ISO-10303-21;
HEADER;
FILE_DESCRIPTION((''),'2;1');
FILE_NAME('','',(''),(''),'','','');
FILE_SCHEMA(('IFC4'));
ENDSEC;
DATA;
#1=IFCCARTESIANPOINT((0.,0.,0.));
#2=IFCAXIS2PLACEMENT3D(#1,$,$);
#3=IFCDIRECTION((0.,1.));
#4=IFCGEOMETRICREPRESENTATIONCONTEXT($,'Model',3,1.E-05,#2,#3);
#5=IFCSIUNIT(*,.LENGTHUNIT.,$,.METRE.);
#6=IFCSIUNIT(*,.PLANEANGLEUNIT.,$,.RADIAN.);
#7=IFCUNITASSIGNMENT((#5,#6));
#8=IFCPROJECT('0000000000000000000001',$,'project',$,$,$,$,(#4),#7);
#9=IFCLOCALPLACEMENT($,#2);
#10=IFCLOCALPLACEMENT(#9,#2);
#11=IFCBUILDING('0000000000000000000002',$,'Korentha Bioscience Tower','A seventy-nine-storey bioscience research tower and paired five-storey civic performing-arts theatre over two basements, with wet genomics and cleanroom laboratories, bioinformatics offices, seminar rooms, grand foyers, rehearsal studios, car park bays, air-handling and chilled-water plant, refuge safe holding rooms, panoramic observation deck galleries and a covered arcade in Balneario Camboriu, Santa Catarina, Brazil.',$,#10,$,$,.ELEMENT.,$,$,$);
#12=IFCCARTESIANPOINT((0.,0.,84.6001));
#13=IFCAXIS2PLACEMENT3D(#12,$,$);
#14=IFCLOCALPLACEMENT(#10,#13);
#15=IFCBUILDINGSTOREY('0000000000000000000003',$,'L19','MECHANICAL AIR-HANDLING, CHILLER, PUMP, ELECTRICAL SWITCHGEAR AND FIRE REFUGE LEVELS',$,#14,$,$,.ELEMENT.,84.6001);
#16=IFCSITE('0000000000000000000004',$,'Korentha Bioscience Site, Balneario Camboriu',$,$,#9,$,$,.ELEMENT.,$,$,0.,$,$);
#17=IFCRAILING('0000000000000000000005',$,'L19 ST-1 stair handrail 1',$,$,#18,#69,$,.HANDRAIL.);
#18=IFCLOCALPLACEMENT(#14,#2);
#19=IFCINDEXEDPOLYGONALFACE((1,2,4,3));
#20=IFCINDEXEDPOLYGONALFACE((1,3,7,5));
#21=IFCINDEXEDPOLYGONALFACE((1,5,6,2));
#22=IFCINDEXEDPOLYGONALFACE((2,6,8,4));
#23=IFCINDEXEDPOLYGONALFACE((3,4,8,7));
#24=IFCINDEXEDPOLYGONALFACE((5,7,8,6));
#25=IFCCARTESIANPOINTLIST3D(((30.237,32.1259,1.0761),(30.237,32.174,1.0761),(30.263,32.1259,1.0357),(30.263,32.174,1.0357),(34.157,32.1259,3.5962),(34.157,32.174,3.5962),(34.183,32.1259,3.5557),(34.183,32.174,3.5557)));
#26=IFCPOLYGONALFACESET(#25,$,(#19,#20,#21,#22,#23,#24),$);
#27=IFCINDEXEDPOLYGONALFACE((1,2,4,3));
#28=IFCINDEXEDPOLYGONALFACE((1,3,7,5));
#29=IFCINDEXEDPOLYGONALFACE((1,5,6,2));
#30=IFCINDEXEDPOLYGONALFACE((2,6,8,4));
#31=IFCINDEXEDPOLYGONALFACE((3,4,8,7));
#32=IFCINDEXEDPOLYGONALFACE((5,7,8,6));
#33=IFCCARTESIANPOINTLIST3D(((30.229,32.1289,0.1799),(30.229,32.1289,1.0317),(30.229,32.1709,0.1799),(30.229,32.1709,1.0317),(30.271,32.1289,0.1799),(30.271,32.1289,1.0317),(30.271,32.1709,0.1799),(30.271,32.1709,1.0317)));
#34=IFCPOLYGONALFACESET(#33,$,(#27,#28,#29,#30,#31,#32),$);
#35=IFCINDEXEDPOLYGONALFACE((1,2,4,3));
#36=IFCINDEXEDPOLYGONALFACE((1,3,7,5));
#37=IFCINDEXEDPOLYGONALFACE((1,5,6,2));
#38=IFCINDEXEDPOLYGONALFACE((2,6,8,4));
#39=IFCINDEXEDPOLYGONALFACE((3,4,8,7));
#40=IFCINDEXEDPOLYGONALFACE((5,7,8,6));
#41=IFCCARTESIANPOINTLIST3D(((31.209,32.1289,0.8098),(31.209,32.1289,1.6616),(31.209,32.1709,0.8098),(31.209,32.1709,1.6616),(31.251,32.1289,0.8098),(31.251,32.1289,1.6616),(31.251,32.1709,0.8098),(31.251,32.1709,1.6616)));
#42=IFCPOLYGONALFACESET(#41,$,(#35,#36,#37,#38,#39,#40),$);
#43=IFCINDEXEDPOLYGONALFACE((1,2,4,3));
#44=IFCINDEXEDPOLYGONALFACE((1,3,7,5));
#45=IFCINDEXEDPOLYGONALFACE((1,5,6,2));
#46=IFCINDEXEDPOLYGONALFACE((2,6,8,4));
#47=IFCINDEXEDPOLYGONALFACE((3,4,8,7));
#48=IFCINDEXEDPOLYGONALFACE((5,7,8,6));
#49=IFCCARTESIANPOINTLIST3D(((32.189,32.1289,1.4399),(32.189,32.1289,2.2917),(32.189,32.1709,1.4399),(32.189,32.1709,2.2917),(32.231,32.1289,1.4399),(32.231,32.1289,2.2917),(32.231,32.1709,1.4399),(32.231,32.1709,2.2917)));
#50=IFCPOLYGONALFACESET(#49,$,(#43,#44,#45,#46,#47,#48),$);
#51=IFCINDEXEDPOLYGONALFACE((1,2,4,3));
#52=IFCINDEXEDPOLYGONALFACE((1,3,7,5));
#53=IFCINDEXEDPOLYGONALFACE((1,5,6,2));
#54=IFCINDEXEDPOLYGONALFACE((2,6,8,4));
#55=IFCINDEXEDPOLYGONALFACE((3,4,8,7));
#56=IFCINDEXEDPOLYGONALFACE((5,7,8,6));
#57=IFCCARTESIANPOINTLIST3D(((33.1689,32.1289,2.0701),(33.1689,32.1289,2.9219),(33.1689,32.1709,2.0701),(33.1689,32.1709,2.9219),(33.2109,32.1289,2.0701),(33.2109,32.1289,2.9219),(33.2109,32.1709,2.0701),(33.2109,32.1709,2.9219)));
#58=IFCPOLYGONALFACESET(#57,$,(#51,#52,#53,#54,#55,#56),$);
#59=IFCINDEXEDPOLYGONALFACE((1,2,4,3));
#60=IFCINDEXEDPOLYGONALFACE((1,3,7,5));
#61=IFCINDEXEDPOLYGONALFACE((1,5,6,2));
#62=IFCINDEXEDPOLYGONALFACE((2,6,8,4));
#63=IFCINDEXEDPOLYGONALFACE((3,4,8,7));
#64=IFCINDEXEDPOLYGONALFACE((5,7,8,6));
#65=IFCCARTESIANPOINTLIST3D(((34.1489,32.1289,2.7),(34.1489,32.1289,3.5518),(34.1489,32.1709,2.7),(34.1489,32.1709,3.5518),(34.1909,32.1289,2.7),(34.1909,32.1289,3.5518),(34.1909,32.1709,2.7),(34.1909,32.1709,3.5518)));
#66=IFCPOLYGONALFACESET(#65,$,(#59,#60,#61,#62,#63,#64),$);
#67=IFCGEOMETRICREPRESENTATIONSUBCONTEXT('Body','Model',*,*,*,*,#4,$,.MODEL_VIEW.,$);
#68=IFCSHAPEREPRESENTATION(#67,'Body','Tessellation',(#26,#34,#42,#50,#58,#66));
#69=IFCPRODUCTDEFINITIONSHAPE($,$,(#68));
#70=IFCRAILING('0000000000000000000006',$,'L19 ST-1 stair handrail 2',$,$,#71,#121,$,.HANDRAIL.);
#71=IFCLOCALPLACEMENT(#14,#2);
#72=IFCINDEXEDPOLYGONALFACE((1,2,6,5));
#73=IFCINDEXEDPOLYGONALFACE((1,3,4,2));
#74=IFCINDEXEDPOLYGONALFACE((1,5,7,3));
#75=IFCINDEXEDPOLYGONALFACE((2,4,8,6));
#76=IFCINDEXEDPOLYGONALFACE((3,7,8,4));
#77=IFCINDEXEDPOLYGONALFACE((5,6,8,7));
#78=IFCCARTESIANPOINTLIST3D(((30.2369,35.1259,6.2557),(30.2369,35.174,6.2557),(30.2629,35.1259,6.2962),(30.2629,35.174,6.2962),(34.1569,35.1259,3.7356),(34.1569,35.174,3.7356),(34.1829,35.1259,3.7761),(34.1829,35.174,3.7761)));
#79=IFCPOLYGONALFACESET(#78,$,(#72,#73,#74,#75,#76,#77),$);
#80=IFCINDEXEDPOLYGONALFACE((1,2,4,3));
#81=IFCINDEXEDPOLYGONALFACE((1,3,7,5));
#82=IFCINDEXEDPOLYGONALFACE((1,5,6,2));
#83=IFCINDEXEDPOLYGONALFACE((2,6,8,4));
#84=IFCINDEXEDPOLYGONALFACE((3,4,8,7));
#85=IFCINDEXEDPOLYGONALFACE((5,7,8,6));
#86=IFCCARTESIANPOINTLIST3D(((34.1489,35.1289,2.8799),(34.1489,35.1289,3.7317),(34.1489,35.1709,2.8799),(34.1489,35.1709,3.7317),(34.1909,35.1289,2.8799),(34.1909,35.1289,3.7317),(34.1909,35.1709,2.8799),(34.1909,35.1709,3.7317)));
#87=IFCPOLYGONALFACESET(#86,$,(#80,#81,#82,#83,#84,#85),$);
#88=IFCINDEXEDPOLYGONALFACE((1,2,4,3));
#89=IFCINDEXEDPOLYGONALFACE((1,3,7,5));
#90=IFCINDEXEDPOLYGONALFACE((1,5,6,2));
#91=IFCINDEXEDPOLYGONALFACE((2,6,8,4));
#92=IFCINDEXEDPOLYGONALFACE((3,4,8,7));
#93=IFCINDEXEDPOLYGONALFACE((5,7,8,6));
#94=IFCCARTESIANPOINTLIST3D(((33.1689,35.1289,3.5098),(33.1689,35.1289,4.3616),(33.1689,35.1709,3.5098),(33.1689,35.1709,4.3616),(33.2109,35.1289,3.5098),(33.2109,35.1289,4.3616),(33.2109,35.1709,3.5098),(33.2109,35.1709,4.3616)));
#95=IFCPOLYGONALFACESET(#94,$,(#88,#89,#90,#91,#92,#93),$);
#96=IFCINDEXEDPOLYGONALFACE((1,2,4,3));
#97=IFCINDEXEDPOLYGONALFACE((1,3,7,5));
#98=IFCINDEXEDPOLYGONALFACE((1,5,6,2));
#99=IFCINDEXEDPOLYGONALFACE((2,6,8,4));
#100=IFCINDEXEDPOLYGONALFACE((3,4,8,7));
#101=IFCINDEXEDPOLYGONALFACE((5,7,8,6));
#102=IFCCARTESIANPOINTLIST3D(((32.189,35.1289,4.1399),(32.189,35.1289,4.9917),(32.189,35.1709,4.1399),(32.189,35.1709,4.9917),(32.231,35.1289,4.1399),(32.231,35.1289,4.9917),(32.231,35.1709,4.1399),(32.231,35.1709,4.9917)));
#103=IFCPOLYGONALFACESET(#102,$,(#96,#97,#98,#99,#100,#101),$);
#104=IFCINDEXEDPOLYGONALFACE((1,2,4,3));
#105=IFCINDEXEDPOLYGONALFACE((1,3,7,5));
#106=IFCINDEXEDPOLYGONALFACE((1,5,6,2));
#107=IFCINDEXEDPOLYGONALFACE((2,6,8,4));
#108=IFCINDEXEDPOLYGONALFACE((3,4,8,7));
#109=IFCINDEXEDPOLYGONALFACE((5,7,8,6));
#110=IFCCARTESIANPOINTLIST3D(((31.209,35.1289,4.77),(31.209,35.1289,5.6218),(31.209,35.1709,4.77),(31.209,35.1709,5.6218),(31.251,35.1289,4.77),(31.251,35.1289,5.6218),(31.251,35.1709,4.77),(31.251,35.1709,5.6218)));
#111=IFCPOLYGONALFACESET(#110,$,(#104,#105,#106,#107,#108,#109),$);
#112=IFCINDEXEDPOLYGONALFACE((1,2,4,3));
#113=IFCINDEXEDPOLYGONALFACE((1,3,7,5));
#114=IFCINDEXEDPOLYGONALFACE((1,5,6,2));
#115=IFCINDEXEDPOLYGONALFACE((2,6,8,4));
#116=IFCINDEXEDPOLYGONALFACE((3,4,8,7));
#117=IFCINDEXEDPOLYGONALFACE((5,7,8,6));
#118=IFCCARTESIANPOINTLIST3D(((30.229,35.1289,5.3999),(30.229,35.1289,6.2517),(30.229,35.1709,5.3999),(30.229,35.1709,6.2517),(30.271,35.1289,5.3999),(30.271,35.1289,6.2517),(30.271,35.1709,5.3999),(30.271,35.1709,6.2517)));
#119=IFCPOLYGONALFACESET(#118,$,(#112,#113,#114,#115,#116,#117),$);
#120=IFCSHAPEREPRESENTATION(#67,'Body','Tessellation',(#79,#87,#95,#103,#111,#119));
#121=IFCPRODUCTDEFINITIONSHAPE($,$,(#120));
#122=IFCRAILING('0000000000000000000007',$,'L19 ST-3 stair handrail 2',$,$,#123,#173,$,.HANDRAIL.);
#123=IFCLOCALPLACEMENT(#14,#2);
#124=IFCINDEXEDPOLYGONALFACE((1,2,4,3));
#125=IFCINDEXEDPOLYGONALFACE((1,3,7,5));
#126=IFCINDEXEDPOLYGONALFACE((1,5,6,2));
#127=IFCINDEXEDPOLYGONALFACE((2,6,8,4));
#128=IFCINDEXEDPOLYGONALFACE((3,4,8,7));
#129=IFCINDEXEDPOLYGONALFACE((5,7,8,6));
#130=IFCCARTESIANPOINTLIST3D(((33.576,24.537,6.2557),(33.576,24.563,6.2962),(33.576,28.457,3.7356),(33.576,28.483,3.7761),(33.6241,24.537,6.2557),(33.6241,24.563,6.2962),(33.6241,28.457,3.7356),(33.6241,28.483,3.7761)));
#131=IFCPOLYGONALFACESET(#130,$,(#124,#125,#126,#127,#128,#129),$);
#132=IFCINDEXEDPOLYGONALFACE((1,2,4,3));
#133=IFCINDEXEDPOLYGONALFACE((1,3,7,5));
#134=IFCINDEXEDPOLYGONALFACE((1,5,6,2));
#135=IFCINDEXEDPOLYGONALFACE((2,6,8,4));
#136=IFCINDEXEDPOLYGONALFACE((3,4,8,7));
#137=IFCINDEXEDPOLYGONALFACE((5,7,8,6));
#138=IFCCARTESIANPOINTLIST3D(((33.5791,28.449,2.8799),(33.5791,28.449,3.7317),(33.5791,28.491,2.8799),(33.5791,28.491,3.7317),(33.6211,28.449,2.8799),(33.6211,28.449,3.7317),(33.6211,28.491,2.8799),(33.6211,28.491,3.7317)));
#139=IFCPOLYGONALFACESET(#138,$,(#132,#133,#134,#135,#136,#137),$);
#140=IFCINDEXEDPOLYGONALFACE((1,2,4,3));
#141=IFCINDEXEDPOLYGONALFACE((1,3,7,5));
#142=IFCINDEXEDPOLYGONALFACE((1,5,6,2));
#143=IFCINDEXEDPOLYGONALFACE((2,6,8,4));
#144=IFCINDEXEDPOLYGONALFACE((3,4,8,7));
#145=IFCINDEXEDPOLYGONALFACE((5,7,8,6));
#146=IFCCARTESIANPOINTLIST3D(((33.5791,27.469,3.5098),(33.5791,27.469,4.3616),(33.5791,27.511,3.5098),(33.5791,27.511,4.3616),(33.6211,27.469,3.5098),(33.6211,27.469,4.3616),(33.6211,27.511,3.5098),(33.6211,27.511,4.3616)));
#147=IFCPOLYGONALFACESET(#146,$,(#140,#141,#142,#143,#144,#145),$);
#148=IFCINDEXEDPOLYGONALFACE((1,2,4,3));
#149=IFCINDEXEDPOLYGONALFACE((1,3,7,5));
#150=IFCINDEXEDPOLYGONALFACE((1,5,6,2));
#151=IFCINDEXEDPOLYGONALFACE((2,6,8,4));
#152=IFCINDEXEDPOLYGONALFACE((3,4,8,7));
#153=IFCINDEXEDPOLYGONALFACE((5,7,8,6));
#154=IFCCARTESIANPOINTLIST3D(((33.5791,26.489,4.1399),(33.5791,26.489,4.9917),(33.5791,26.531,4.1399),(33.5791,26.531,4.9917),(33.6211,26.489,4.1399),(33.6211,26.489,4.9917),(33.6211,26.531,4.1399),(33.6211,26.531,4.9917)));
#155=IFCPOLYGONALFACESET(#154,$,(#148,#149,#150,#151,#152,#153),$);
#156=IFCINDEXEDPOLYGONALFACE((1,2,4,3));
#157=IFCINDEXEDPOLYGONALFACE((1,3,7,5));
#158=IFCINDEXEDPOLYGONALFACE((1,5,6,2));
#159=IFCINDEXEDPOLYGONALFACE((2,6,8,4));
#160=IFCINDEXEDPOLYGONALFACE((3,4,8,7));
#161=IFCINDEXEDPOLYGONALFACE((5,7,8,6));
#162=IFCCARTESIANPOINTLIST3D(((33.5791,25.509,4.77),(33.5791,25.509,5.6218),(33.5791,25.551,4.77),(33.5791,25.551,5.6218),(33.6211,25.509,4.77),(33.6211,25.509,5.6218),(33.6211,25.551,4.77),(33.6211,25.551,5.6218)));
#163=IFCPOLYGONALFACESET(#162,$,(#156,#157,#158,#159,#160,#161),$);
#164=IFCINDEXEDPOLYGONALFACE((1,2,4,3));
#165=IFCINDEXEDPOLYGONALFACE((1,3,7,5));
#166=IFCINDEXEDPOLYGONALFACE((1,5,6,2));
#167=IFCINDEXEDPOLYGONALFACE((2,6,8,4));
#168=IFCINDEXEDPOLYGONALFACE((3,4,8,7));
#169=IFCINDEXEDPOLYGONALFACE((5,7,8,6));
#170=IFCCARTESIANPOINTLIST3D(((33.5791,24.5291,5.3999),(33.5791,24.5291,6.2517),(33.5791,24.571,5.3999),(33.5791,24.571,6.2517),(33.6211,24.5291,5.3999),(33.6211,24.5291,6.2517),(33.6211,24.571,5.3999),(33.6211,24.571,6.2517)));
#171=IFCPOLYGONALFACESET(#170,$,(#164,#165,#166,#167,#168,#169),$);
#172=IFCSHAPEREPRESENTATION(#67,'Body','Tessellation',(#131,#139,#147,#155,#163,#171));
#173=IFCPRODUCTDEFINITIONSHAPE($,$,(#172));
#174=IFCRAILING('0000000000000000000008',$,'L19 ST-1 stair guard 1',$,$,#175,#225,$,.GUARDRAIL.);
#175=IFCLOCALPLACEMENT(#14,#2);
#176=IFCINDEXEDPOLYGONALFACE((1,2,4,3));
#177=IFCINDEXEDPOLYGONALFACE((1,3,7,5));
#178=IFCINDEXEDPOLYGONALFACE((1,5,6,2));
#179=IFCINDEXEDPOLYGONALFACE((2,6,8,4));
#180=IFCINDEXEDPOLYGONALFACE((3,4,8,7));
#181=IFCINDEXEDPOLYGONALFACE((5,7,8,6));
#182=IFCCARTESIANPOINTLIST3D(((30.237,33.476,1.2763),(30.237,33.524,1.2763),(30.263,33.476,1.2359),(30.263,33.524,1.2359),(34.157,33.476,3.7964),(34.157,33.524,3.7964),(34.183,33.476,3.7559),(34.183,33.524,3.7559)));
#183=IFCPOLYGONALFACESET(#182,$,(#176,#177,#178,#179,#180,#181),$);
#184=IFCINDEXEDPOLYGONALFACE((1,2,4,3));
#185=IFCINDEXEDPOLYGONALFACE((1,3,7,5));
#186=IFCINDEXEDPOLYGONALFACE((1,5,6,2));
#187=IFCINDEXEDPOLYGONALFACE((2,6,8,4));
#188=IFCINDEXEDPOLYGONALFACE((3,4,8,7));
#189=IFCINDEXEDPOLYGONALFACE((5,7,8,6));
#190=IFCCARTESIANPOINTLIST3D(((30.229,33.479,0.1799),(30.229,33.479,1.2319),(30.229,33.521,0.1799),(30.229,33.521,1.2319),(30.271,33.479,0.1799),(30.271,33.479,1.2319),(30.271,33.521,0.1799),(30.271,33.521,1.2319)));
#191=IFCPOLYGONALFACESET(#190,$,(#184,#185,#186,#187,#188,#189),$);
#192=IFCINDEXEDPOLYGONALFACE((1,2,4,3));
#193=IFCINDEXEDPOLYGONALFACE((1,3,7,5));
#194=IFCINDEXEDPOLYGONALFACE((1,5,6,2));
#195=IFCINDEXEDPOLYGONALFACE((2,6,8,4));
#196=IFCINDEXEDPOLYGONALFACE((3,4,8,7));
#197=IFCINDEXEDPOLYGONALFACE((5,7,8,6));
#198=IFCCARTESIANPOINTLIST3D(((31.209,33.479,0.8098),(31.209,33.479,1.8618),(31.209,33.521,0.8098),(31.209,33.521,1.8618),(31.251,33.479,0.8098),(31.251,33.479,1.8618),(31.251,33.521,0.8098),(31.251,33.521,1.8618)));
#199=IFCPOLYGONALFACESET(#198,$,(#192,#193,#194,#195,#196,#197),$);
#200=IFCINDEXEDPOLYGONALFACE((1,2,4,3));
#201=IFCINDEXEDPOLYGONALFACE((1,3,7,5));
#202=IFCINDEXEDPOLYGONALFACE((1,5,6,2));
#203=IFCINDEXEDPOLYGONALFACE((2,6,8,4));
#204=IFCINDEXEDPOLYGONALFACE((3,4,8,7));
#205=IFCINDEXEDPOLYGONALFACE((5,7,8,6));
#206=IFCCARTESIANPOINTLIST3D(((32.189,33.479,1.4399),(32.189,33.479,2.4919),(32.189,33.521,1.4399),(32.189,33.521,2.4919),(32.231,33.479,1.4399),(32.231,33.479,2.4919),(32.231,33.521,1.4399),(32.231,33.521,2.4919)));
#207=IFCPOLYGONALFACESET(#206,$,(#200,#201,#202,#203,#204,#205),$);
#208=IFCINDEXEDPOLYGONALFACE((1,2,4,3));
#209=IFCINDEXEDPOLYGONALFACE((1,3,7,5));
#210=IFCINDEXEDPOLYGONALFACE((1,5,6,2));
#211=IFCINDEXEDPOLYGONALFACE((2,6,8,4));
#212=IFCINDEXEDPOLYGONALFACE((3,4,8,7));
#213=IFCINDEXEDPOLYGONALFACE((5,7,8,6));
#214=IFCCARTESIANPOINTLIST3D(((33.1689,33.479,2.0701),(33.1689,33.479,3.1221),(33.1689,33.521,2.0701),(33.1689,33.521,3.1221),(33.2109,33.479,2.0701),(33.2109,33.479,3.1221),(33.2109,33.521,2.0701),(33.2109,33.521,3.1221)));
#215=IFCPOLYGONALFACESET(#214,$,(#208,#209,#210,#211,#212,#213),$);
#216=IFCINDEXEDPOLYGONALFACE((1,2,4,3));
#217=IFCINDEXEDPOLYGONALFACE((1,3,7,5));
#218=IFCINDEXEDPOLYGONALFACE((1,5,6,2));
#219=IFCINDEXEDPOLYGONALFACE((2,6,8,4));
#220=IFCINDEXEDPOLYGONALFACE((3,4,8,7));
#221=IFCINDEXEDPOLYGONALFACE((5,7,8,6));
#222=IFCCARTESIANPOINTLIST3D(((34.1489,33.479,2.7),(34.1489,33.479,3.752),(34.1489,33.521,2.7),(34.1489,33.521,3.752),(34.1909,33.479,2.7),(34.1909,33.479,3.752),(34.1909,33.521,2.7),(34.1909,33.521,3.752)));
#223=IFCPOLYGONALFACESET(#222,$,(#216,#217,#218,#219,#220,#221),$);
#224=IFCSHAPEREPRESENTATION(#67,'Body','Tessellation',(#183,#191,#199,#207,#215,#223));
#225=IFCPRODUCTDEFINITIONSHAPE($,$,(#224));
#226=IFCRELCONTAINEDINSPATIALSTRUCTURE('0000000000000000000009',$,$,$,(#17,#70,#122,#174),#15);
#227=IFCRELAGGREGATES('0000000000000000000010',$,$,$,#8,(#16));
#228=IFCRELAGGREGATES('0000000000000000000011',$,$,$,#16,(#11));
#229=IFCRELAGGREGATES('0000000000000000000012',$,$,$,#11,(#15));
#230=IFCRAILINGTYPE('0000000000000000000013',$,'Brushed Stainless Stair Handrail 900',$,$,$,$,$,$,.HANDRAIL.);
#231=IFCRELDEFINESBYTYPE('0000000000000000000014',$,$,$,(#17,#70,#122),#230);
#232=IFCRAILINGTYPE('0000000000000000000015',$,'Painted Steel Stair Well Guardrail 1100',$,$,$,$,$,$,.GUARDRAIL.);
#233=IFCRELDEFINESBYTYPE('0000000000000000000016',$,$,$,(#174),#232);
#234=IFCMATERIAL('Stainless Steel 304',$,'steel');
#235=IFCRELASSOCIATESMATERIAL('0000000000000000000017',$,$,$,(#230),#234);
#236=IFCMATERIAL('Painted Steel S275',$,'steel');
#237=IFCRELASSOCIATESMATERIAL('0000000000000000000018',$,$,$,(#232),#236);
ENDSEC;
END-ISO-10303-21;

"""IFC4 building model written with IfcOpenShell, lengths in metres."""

from ifc_helpers import new_model, si_unit, direction, frame, origin, origin_2d, place, context, subcontext, project, spatial, rectangle, extrude, material, type_object, element, save


model = new_model("IFC4")

# Units and contexts
model_context = context("Model", 3, precision=1e-05, world=origin(), true_north=direction((0.0, 1.0)))
body_context = subcontext(model_context, "Body", "Model", "MODEL_VIEW")
ifc_project = project(units=[si_unit("LENGTHUNIT", "METRE"), si_unit("PLANEANGLEUNIT", "RADIAN")], contexts=[model_context])

# Site, building, storey
site_placement = place(None, origin())
site = spatial("IfcSite", under=ifc_project, at=site_placement, Name="Korentha Bioscience Site, Balneario Camboriu", CompositionType="ELEMENT", RefElevation=0.0)
building_placement = place(site_placement, origin())
building = spatial("IfcBuilding", under=site, at=building_placement, Name="Korentha Bioscience Tower", Description="A seventy-nine-storey bioscience research tower and paired five-storey civic performing-arts theatre over two basements, with wet genomics and cleanroom laboratories, bioinformatics offices, seminar rooms, grand foyers, rehearsal studios, car park bays, air-handling and chilled-water plant, refuge safe holding rooms, panoramic observation deck galleries and a covered arcade in Balneario Camboriu, Santa Catarina, Brazil.", CompositionType="ELEMENT")
storey_placement = place(building_placement, frame((0.0, 0.0, 84.6001)))
storey = spatial("IfcBuildingStorey", under=building, at=storey_placement, Name="L19", Description="MECHANICAL AIR-HANDLING, CHILLER, PUMP, ELECTRICAL SWITCHGEAR AND FIRE REFUGE LEVELS", CompositionType="ELEMENT", Elevation=84.6001)

# Railings
ifc_material_1 = material(Name="Stainless Steel 304", Category="steel")
railing_type_1 = type_object("IfcRailingType", Name="Brushed Stainless Stair Handrail 900", PredefinedType="HANDRAIL", material=ifc_material_1)
railing_1_placement = place(storey_placement, frame((30.25, 32.1499, 0.1799)))
element("IfcRailing", 1, at=railing_1_placement, inside=storey, type_object=railing_type_1, Name="L19 ST-1 stair handrail 1", PredefinedType="HANDRAIL", context=body_context, shape_type="SweptSolid", body=[
    extrude(rectangle(XDim=0.0481, YDim=0.0481, at=origin_2d()), frame((0.0, 0.0, 0.876), z_axis=(0.841172, 0.0, 0.540768), x_axis=(0.0, 1.0, 0.0)), (0.0, 0.0, 1.0), 4.6602),
    extrude(rectangle(XDim=0.042, YDim=0.042, at=origin_2d()), origin(), (0.0, 0.0, 1.0), 0.8518),
    extrude(rectangle(XDim=0.042, YDim=0.042, at=origin_2d()), frame((0.98, 0.0, 0.6299)), (0.0, 0.0, 1.0), 0.8518),
    extrude(rectangle(XDim=0.042, YDim=0.042, at=origin_2d()), frame((1.96, 0.0, 1.26)), (0.0, 0.0, 1.0), 0.8518),
    extrude(rectangle(XDim=0.042, YDim=0.042, at=origin_2d()), frame((2.9399, 0.0, 1.8901)), (0.0, 0.0, 1.0), 0.8518),
    extrude(rectangle(XDim=0.042, YDim=0.042, at=origin_2d()), frame((3.9199, 0.0, 2.52)), (0.0, 0.0, 1.0), 0.8518),
])
railing_2_placement = place(storey_placement, frame((34.1699, 35.1499, 2.8799)))
element("IfcRailing", 2, at=railing_2_placement, inside=storey, type_object=railing_type_1, Name="L19 ST-1 stair handrail 2", PredefinedType="HANDRAIL", context=body_context, shape_type="SweptSolid", body=[
    extrude(rectangle(XDim=0.0481, YDim=0.0481, at=origin_2d()), frame((0.0, 0.0, 0.876), z_axis=(-0.841172, 0.0, 0.540768), x_axis=(0.0, -1.0, 0.0)), (0.0, 0.0, 1.0), 4.6602),
    extrude(rectangle(XDim=0.042, YDim=0.042, at=origin_2d()), origin(), (0.0, 0.0, 1.0), 0.8518),
    extrude(rectangle(XDim=0.042, YDim=0.042, at=origin_2d()), frame((-0.98, 0.0, 0.6299)), (0.0, 0.0, 1.0), 0.8518),
    extrude(rectangle(XDim=0.042, YDim=0.042, at=origin_2d()), frame((-1.96, 0.0, 1.26)), (0.0, 0.0, 1.0), 0.8518),
    extrude(rectangle(XDim=0.042, YDim=0.042, at=origin_2d()), frame((-2.9399, 0.0, 1.8901)), (0.0, 0.0, 1.0), 0.8518),
    extrude(rectangle(XDim=0.042, YDim=0.042, at=origin_2d()), frame((-3.9199, 0.0, 2.52)), (0.0, 0.0, 1.0), 0.8518),
])
railing_3_placement = place(storey_placement, frame((33.6001, 28.47, 2.8799)))
element("IfcRailing", 3, at=railing_3_placement, inside=storey, type_object=railing_type_1, Name="L19 ST-3 stair handrail 2", PredefinedType="HANDRAIL", context=body_context, shape_type="SweptSolid", body=[
    extrude(rectangle(XDim=0.0481, YDim=0.0481, at=origin_2d()), frame((0.0, 0.0, 0.876), z_axis=(0.0, -0.841172, 0.540768), x_axis=(1.0, 0.0, 0.0)), (0.0, 0.0, 1.0), 4.6602),
    extrude(rectangle(XDim=0.042, YDim=0.042, at=origin_2d()), origin(), (0.0, 0.0, 1.0), 0.8518),
    extrude(rectangle(XDim=0.042, YDim=0.042, at=origin_2d()), frame((0.0, -0.98, 0.6299)), (0.0, 0.0, 1.0), 0.8518),
    extrude(rectangle(XDim=0.042, YDim=0.042, at=origin_2d()), frame((0.0, -1.96, 1.26)), (0.0, 0.0, 1.0), 0.8518),
    extrude(rectangle(XDim=0.042, YDim=0.042, at=origin_2d()), frame((0.0, -2.9399, 1.8901)), (0.0, 0.0, 1.0), 0.8518),
    extrude(rectangle(XDim=0.042, YDim=0.042, at=origin_2d()), frame((0.0, -3.9199, 2.52)), (0.0, 0.0, 1.0), 0.8518),
])
ifc_material_2 = material(Name="Painted Steel S275", Category="steel")
railing_type_2 = type_object("IfcRailingType", Name="Painted Steel Stair Well Guardrail 1100", PredefinedType="GUARDRAIL", material=ifc_material_2)
railing_4_placement = place(storey_placement, frame((30.25, 33.5, 0.1799)))
element("IfcRailing", 4, at=railing_4_placement, inside=storey, type_object=railing_type_2, Name="L19 ST-1 stair guard 1", PredefinedType="GUARDRAIL", context=body_context, shape_type="SweptSolid", body=[
    extrude(rectangle(XDim=0.0481, YDim=0.0481, at=origin_2d()), frame((0.0, 0.0, 1.0762), z_axis=(0.841172, 0.0, 0.540768), x_axis=(0.0, 1.0, 0.0)), (0.0, 0.0, 1.0), 4.6602),
    extrude(rectangle(XDim=0.042, YDim=0.042, at=origin_2d()), origin(), (0.0, 0.0, 1.0), 1.052),
    extrude(rectangle(XDim=0.042, YDim=0.042, at=origin_2d()), frame((0.98, 0.0, 0.6299)), (0.0, 0.0, 1.0), 1.052),
    extrude(rectangle(XDim=0.042, YDim=0.042, at=origin_2d()), frame((1.96, 0.0, 1.26)), (0.0, 0.0, 1.0), 1.052),
    extrude(rectangle(XDim=0.042, YDim=0.042, at=origin_2d()), frame((2.9399, 0.0, 1.8901)), (0.0, 0.0, 1.0), 1.052),
    extrude(rectangle(XDim=0.042, YDim=0.042, at=origin_2d()), frame((3.9199, 0.0, 2.52)), (0.0, 0.0, 1.0), 1.052),
])

save(model, "model.ifc")
